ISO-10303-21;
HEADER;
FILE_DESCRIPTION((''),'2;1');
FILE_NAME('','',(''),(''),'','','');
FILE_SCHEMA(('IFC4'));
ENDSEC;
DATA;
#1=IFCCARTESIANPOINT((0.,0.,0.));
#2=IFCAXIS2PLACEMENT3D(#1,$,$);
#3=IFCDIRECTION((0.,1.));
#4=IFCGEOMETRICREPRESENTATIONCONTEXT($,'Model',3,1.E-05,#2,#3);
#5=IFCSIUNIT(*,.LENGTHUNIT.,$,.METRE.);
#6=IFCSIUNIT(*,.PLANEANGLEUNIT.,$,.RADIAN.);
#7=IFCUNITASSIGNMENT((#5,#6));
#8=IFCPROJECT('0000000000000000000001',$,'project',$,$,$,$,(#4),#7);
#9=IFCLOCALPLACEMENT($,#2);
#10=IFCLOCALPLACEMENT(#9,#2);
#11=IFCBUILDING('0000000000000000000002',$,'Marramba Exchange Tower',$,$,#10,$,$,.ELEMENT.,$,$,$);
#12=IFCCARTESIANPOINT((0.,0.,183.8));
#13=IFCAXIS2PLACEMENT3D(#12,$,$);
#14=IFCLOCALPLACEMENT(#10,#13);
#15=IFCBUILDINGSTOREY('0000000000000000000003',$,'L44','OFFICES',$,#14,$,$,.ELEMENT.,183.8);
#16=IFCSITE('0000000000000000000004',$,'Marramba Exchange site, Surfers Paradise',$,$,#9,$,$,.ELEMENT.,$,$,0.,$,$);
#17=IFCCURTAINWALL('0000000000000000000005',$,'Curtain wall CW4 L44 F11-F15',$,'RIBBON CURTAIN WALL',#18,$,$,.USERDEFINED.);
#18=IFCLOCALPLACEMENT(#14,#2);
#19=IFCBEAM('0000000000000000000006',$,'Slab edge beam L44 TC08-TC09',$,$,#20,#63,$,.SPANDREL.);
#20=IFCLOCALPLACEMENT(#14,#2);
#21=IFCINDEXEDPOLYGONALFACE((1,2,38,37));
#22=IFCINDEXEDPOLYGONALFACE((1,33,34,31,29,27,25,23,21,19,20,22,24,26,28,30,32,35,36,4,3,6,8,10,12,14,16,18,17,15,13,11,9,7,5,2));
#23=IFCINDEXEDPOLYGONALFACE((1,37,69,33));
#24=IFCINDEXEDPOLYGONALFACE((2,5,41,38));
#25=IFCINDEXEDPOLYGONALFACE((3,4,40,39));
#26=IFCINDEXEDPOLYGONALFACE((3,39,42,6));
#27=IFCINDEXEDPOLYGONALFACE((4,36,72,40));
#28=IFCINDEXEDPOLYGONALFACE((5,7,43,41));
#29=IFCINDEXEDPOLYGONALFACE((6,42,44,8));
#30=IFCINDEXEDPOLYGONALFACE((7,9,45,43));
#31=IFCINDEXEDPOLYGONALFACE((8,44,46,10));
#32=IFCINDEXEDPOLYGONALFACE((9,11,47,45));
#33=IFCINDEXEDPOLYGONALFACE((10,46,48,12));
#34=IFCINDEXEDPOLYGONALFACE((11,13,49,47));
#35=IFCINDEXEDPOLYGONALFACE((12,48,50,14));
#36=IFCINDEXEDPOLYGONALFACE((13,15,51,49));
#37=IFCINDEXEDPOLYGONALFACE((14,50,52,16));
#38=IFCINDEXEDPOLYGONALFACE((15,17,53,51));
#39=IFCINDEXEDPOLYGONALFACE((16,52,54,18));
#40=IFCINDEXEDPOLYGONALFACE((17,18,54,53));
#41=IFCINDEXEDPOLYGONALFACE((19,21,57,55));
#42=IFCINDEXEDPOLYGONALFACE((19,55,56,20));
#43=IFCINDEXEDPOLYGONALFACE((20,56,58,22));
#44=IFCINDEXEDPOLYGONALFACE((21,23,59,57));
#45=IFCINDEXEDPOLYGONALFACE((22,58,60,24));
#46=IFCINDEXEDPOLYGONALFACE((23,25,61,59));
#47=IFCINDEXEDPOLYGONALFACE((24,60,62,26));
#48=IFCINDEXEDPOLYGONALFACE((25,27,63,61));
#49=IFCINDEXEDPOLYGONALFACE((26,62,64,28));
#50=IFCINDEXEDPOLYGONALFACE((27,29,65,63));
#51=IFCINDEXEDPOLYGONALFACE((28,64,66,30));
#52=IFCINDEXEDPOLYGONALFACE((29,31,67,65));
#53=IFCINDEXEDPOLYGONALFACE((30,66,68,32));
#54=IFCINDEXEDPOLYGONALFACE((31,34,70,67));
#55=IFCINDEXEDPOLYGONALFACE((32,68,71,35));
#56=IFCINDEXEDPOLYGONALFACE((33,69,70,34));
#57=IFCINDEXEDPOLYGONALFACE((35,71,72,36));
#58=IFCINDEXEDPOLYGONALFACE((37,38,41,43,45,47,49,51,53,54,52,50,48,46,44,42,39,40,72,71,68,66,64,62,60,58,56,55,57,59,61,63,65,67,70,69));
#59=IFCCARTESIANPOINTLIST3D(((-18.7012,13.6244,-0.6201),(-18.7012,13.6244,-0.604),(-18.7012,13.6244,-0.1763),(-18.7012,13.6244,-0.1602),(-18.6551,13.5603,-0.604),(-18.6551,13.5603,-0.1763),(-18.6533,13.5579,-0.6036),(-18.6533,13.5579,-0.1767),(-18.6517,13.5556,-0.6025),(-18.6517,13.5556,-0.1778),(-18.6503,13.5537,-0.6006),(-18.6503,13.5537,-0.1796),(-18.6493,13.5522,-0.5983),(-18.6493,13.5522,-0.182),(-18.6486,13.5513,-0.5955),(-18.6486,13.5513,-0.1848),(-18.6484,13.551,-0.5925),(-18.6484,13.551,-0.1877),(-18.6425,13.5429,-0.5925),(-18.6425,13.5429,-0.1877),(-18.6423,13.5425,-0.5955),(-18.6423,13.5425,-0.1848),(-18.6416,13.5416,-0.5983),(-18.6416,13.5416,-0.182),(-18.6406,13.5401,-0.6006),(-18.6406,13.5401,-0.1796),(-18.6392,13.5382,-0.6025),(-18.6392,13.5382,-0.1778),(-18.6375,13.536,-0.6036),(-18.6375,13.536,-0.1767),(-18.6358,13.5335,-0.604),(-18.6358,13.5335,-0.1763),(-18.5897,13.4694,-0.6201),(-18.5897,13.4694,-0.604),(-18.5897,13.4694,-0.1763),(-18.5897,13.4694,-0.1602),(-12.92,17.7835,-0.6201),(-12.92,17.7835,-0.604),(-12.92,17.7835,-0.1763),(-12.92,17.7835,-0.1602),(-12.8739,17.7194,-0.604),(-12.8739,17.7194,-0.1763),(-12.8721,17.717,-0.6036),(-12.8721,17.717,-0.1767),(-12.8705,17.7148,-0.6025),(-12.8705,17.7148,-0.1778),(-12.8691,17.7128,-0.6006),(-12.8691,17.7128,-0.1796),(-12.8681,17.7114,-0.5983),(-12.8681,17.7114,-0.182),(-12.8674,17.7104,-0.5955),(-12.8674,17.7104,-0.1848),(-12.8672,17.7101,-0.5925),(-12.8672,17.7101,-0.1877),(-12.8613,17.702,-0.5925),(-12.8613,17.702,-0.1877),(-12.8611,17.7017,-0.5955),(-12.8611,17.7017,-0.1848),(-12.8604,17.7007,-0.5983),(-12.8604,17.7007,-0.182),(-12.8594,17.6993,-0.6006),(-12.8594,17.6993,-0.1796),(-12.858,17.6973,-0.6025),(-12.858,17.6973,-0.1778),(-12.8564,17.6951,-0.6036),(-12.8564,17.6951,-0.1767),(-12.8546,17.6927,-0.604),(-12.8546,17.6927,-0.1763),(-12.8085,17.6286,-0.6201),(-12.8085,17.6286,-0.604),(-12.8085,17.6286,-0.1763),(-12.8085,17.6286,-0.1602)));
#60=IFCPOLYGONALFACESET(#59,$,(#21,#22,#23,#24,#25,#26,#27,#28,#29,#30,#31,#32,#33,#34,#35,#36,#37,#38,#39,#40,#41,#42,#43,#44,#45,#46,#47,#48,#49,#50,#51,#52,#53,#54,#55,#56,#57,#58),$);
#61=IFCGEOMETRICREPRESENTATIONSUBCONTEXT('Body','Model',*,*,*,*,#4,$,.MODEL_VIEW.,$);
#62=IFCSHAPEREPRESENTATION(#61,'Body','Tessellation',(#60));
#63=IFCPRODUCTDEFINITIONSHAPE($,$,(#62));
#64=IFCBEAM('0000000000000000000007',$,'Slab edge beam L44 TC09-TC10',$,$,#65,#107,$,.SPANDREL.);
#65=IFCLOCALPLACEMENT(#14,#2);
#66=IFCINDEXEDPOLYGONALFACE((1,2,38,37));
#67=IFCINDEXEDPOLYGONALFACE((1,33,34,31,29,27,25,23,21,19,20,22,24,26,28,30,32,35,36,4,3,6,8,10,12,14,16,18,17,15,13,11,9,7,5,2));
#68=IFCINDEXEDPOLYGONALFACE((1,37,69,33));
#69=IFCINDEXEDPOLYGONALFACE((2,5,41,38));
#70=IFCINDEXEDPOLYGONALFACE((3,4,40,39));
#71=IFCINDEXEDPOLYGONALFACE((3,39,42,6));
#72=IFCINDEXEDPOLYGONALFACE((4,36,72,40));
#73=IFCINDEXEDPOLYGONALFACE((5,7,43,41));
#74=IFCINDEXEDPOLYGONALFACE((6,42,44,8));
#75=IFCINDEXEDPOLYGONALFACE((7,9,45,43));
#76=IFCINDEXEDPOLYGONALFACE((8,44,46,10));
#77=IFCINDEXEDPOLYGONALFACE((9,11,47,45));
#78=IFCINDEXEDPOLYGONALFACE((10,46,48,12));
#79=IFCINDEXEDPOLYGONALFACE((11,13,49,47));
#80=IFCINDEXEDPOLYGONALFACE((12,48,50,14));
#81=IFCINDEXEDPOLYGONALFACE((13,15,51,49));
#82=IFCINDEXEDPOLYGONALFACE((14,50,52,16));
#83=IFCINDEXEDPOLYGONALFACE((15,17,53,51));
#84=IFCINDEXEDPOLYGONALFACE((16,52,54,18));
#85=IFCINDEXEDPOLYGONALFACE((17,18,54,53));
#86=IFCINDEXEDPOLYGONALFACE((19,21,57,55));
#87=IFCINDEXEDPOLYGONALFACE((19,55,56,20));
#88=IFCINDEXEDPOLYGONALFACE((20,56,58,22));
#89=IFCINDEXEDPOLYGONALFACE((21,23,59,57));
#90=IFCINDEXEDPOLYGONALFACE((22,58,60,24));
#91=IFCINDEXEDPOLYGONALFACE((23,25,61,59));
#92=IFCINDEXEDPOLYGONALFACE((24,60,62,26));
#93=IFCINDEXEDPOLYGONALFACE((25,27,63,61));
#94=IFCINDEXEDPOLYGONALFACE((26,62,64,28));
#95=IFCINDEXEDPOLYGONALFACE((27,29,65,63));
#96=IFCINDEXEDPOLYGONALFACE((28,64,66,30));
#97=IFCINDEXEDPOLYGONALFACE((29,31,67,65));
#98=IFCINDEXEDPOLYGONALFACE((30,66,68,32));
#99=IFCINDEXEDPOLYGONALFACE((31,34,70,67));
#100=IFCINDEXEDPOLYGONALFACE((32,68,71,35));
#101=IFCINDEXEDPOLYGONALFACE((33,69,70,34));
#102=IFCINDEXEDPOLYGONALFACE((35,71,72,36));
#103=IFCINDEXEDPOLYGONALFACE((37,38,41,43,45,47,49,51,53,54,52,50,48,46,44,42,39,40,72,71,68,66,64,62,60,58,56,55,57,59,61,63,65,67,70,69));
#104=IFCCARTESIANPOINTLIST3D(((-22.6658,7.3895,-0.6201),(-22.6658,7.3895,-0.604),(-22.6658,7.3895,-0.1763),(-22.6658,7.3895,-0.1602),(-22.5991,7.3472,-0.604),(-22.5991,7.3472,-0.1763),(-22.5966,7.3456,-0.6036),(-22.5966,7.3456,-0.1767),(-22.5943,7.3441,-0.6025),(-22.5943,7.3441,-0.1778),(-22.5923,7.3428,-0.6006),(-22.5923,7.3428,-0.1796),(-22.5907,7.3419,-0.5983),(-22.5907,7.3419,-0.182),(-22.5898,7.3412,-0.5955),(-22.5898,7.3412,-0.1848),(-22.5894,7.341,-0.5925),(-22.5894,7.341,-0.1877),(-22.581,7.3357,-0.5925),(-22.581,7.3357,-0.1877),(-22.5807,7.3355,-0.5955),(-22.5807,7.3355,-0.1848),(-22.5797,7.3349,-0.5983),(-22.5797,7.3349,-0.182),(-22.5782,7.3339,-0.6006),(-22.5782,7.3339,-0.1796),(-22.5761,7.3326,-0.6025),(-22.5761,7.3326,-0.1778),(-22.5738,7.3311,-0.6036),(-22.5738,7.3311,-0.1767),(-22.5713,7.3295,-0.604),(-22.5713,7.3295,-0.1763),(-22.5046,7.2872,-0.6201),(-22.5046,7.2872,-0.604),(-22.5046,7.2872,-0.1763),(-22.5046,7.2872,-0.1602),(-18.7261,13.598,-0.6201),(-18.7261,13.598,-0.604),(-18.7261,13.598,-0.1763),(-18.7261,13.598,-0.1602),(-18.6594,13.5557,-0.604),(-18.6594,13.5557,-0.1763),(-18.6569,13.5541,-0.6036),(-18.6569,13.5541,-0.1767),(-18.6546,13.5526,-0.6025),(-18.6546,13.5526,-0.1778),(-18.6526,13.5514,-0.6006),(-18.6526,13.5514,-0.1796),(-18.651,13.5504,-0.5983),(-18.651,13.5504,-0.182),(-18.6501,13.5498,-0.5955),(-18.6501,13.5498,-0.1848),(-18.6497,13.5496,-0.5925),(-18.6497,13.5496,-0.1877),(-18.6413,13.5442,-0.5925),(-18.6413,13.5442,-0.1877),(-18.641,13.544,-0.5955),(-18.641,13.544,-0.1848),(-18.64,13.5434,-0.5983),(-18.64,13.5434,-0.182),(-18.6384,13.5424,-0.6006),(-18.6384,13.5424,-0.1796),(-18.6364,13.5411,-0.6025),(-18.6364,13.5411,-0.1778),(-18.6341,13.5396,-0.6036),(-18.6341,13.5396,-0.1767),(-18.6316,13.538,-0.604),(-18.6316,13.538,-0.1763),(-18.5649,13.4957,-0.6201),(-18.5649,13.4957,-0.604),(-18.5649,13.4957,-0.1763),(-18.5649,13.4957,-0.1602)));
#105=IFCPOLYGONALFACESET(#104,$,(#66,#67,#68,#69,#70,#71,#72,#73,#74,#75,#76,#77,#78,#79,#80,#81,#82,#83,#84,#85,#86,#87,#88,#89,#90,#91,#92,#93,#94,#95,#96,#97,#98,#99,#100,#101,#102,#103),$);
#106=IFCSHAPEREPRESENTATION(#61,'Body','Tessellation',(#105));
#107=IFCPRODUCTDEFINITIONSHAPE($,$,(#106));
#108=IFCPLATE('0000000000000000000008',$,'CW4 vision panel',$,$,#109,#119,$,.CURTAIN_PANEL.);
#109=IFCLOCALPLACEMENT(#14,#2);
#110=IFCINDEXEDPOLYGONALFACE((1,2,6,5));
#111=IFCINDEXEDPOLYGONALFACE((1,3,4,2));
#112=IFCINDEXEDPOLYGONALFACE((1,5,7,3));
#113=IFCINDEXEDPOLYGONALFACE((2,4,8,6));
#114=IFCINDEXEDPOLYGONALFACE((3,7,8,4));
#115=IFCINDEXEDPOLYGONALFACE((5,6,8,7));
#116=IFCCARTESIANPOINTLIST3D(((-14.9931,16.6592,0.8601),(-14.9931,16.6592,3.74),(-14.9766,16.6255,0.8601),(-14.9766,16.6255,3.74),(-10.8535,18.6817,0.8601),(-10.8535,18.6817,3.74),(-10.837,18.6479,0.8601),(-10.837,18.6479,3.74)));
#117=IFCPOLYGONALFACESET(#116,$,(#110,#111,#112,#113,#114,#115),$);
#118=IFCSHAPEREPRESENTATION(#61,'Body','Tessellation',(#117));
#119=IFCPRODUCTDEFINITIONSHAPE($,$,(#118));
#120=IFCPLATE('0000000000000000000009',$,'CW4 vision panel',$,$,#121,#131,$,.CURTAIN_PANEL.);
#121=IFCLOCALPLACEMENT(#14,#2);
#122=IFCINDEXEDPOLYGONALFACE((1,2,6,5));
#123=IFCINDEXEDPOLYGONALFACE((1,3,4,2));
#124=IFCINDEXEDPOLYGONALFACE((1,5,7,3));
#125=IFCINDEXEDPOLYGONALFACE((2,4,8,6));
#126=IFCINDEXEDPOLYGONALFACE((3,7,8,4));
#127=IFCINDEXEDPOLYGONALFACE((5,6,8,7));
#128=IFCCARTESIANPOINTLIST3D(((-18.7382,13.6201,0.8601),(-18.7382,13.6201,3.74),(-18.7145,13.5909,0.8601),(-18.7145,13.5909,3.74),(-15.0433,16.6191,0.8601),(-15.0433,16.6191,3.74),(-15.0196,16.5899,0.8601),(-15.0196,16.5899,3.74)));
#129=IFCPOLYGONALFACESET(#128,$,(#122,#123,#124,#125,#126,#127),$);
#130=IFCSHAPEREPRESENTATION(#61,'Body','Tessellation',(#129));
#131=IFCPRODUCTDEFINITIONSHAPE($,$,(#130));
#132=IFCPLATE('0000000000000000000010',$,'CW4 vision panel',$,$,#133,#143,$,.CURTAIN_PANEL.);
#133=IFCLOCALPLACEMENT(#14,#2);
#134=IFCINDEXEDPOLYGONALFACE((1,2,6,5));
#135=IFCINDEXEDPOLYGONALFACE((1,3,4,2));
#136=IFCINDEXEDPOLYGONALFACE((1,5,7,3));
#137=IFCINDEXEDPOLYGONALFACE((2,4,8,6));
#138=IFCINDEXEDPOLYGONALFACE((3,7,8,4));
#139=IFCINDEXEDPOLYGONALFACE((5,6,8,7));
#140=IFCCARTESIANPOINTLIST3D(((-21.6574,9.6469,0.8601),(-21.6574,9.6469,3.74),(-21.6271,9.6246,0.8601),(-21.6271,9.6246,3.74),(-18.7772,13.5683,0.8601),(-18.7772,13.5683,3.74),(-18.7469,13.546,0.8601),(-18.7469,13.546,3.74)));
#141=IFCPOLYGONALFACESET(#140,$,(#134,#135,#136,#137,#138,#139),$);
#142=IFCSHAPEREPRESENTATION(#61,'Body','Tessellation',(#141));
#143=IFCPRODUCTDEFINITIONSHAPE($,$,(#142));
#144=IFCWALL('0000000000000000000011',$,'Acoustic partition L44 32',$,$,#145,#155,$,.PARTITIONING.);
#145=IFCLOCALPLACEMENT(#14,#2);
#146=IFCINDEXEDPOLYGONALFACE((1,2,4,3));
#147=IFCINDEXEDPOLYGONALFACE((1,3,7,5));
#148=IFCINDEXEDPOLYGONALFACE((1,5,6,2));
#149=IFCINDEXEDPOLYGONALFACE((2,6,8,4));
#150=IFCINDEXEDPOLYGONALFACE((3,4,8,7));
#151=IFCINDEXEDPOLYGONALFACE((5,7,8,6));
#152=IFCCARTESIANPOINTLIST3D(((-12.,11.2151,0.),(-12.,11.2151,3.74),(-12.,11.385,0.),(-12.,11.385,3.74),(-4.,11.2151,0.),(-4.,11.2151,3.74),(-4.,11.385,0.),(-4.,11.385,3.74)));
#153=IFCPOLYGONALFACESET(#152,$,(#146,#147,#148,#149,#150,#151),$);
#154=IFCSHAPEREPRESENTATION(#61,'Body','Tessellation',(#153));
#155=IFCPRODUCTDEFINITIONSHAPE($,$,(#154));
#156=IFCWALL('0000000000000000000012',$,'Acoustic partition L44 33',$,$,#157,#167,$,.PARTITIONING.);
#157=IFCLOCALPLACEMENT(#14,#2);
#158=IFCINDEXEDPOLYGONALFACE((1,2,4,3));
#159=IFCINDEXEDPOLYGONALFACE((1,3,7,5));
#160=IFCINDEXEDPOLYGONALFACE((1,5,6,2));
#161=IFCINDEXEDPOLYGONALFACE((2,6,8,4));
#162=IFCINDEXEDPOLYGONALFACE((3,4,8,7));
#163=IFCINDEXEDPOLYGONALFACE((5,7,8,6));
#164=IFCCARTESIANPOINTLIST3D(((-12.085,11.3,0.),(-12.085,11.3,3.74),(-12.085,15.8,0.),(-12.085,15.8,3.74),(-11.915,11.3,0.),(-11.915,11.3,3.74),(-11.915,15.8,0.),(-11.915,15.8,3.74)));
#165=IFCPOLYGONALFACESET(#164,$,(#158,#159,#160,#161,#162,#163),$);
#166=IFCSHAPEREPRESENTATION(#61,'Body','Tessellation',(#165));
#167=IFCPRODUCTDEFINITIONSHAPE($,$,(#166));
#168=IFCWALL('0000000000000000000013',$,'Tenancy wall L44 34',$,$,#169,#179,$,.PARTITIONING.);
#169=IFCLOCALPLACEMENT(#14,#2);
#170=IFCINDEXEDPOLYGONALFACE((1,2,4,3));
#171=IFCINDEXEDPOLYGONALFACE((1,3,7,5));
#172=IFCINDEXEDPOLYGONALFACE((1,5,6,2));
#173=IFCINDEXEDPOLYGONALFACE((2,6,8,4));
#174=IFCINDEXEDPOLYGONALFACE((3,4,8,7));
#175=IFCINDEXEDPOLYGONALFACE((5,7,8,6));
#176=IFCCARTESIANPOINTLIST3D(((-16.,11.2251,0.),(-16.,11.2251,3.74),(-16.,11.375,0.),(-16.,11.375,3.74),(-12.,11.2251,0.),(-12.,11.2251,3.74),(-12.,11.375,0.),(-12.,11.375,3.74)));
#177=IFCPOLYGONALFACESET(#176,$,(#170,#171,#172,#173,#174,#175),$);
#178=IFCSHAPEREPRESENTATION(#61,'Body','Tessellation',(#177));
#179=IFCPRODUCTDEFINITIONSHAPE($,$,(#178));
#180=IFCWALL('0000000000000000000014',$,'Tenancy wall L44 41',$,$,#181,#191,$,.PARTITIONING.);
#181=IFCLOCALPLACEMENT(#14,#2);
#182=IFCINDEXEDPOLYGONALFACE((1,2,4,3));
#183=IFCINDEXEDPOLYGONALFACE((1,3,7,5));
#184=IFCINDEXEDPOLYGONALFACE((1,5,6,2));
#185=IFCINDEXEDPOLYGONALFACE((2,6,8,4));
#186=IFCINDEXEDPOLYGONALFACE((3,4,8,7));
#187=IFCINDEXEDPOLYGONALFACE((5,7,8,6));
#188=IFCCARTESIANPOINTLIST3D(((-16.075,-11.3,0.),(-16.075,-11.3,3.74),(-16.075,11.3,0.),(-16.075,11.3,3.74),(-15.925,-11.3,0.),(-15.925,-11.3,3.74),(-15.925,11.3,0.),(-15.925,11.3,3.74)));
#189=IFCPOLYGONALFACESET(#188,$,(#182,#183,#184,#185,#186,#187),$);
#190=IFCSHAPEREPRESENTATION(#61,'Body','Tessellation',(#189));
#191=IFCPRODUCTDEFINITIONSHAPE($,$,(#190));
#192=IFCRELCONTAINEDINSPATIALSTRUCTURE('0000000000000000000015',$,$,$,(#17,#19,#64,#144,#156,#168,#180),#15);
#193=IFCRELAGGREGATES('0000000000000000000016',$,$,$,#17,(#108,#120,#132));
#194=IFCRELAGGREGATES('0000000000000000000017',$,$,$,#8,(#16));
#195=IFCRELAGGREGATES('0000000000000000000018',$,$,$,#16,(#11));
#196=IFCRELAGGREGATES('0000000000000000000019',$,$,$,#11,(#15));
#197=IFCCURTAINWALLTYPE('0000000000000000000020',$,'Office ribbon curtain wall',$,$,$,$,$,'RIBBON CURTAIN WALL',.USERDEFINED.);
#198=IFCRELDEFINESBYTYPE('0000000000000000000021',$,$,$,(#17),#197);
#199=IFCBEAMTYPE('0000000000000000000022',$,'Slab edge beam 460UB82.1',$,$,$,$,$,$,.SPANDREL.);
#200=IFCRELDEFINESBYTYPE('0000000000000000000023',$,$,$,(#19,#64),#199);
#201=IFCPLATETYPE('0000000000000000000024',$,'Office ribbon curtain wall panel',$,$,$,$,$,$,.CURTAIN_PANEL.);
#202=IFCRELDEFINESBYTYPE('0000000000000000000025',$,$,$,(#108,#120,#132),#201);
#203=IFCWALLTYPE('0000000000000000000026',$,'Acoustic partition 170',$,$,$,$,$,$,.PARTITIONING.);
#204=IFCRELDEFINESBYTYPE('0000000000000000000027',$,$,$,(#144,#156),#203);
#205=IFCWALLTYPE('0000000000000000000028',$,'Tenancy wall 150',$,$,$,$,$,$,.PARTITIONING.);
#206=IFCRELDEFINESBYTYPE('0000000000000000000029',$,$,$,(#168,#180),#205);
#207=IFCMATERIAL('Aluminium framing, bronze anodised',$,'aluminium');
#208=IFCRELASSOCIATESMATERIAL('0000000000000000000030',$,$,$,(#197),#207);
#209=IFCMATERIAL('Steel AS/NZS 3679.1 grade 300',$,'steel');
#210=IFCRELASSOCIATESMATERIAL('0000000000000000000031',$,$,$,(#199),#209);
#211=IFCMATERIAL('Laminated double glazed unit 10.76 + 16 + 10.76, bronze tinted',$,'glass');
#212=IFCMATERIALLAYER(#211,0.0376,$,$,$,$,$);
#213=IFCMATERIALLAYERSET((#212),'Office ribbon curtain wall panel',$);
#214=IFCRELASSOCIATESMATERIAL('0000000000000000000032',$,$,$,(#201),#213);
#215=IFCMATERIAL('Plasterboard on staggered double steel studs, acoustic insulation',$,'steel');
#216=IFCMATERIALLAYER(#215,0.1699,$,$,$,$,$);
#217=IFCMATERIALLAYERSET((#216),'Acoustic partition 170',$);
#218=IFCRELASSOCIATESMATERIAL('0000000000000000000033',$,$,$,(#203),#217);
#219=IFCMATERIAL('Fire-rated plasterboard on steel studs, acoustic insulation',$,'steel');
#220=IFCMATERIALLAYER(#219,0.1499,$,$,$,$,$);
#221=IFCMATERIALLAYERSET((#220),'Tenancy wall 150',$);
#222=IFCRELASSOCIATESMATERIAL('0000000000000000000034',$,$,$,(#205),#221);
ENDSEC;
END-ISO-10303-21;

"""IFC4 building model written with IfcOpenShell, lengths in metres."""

from ifc_helpers import new_model, si_unit, direction, frame, frame_2d, origin, origin_2d, place, context, subcontext, project, spatial, rectangle, i_section, extrude, material, layer, layer_set, material_profile, profile_set, type_object, element, aggregate, save


model = new_model("IFC4")

# Units and contexts
model_context = context("Model", 3, precision=1e-05, world=origin(), true_north=direction((0.0, 1.0)))
body_context = subcontext(model_context, "Body", "Model", "MODEL_VIEW")
ifc_project = project(units=[si_unit("LENGTHUNIT", "METRE"), si_unit("PLANEANGLEUNIT", "RADIAN")], contexts=[model_context])

# Site, building, storey
site_placement = place(None, origin())
site = spatial("IfcSite", under=ifc_project, at=site_placement, Name="Marramba Exchange site, Surfers Paradise", CompositionType="ELEMENT", RefElevation=0.0)
building_placement = place(site_placement, origin())
building = spatial("IfcBuilding", under=site, at=building_placement, Name="Marramba Exchange Tower", CompositionType="ELEMENT")
storey_placement = place(building_placement, frame((0.0, 0.0, 183.8)))
storey = spatial("IfcBuildingStorey", under=building, at=storey_placement, Name="L44", Description="OFFICES", CompositionType="ELEMENT", Elevation=183.8)

# Shared definitions
ifc_material_1 = material(Name="Steel AS/NZS 3679.1 grade 300", Category="steel")

# Curtain wall
ifc_material_2 = material(Name="Aluminium framing, bronze anodised", Category="aluminium")
curtain_wall_type = type_object("IfcCurtainWallType", Name="Office ribbon curtain wall", ElementType="RIBBON CURTAIN WALL", PredefinedType="USERDEFINED", material=ifc_material_2)
curtain_wall_placement = place(storey_placement, origin())
curtain_wall = element("IfcCurtainWall", 1, at=curtain_wall_placement, inside=storey, type_object=curtain_wall_type, Name="Curtain wall CW4 L44 F11-F15", ObjectType="RIBBON CURTAIN WALL", PredefinedType="USERDEFINED")

# Beams
ifc_material_profile_1 = material_profile(ifc_material_1, i_section(OverallWidth=0.1909, OverallDepth=0.46, WebThickness=0.01, FlangeThickness=0.0161, FilletRadius=0.0115, at=origin_2d()), Name="460UB82.1")
ifc_profile_set_1 = profile_set([ifc_material_profile_1], Name="Steel AS/NZS 3679.1 grade 300")
beam_type_1 = type_object("IfcBeamType", Name="Slab edge beam 460UB82.1", PredefinedType="SPANDREL", material=ifc_profile_set_1)
beam_1_placement = place(storey_placement, frame((-12.8643, 17.7061, -0.3901), z_axis=(-0.811755, -0.583998, 0.0), x_axis=(0.583998, -0.811755, 0.0)))
element("IfcBeam", 2, at=beam_1_placement, inside=storey, type_object=beam_type_1, Name="Slab edge beam L44 TC08-TC09", PredefinedType="SPANDREL", context=body_context, shape_type="SweptSolid", body=[
    extrude(i_section(OverallWidth=0.1909, OverallDepth=0.46, WebThickness=0.01, FlangeThickness=0.0161, FilletRadius=0.0115, at=origin_2d()), origin(), (0.0, 0.0, 1.0), 7.1218),
])
beam_2_placement = place(storey_placement, frame((-18.6455, 13.5469, -0.3901), z_axis=(-0.535794, -0.844348, 0.0), x_axis=(0.844348, -0.535794, 0.0)))
element("IfcBeam", 3, at=beam_2_placement, inside=storey, type_object=beam_type_1, Name="Slab edge beam L44 TC09-TC10", PredefinedType="SPANDREL", context=body_context, shape_type="SweptSolid", body=[
    extrude(i_section(OverallWidth=0.1909, OverallDepth=0.46, WebThickness=0.01, FlangeThickness=0.0161, FilletRadius=0.0115, at=origin_2d()), origin(), (0.0, 0.0, 1.0), 7.353),
])

# Plates
ifc_material_3 = material(Name="Laminated double glazed unit 10.76 + 16 + 10.76, bronze tinted", Category="glass")
ifc_layer_1 = layer(ifc_material_3, 0.0376)
ifc_layer_set_1 = layer_set([ifc_layer_1], Name="Office ribbon curtain wall panel")
plate_type = type_object("IfcPlateType", Name="Office ribbon curtain wall panel", PredefinedType="CURTAIN_PANEL", material=ifc_layer_set_1)
plate_1_placement = place(storey_placement, frame((-12.915, 17.6536, 0.8601), z_axis=(0.0, 0.0, 1.0), x_axis=(-0.898501, -0.438972, 0.0)))
plate_1 = element("IfcPlate", 4, at=plate_1_placement, type_object=plate_type, Name="CW4 vision panel", PredefinedType="CURTAIN_PANEL", context=body_context, shape_type="SweptSolid", body=[
    extrude(rectangle(XDim=4.6072, YDim=0.0376, at=origin_2d()), origin(), (0.0, 0.0, 1.0), 2.8799),
])
plate_2_placement = place(storey_placement, frame((-16.8789, 15.105, 0.8601), z_axis=(0.0, 0.0, 1.0), x_axis=(-0.776432, -0.630201, 0.0)))
plate_2 = element("IfcPlate", 5, at=plate_2_placement, type_object=plate_type, Name="CW4 vision panel", PredefinedType="CURTAIN_PANEL", context=body_context, shape_type="SweptSolid", body=[
    extrude(rectangle(XDim=4.7588, YDim=0.0376, at=origin_2d()), origin(), (0.0, 0.0, 1.0), 2.8799),
])
plate_3_placement = place(storey_placement, frame((-20.2021, 11.5964, 0.8601), z_axis=(0.0, 0.0, 1.0), x_axis=(-0.591963, -0.805965, 0.0)))
plate_3 = element("IfcPlate", 6, at=plate_3_placement, type_object=plate_type, Name="CW4 vision panel", PredefinedType="CURTAIN_PANEL", context=body_context, shape_type="SweptSolid", body=[
    extrude(rectangle(XDim=4.8655, YDim=0.0376, at=origin_2d()), origin(), (0.0, 0.0, 1.0), 2.8799),
])
aggregate(curtain_wall, [plate_1, plate_2, plate_3])

# Walls
ifc_material_4 = material(Name="Plasterboard on staggered double steel studs, acoustic insulation", Category="steel")
ifc_layer_2 = layer(ifc_material_4, 0.1699)
ifc_layer_set_2 = layer_set([ifc_layer_2], Name="Acoustic partition 170")
wall_type_1 = type_object("IfcWallType", Name="Acoustic partition 170", PredefinedType="PARTITIONING", material=ifc_layer_set_2)
wall_1_placement = place(storey_placement, frame((-12.0, 11.3, 0.0), z_axis=(0.0, 0.0, 1.0), x_axis=(1.0, 0.0, 0.0)))
element("IfcWall", 7, at=wall_1_placement, inside=storey, type_object=wall_type_1, Name="Acoustic partition L44 32", PredefinedType="PARTITIONING", context=body_context, shape_type="SweptSolid", body=[
    extrude(rectangle(XDim=8.0, YDim=0.1699, at=frame_2d((4.0, 0.0))), origin(), (0.0, 0.0, 1.0), 3.74),
])
wall_2_placement = place(storey_placement, frame((-12.0, 15.8, 0.0), z_axis=(0.0, 0.0, 1.0), x_axis=(0.0, -1.0, 0.0)))
element("IfcWall", 8, at=wall_2_placement, inside=storey, type_object=wall_type_1, Name="Acoustic partition L44 33", PredefinedType="PARTITIONING", context=body_context, shape_type="SweptSolid", body=[
    extrude(rectangle(XDim=4.5, YDim=0.1699, at=frame_2d((2.25, 0.0))), origin(), (0.0, 0.0, 1.0), 3.74),
])
ifc_material_5 = material(Name="Fire-rated plasterboard on steel studs, acoustic insulation", Category="steel")
ifc_layer_3 = layer(ifc_material_5, 0.1499)
ifc_layer_set_3 = layer_set([ifc_layer_3], Name="Tenancy wall 150")
wall_type_2 = type_object("IfcWallType", Name="Tenancy wall 150", PredefinedType="PARTITIONING", material=ifc_layer_set_3)
wall_3_placement = place(storey_placement, frame((-12.0, 11.3, 0.0), z_axis=(0.0, 0.0, 1.0), x_axis=(-1.0, 0.0, 0.0)))
element("IfcWall", 9, at=wall_3_placement, inside=storey, type_object=wall_type_2, Name="Tenancy wall L44 34", PredefinedType="PARTITIONING", context=body_context, shape_type="SweptSolid", body=[
    extrude(rectangle(XDim=4.0, YDim=0.1499, at=frame_2d((2.0, 0.0))), origin(), (0.0, 0.0, 1.0), 3.74),
])
wall_4_placement = place(storey_placement, frame((-16.0, 11.3, 0.0), z_axis=(0.0, 0.0, 1.0), x_axis=(0.0, -1.0, 0.0)))
element("IfcWall", 10, at=wall_4_placement, inside=storey, type_object=wall_type_2, Name="Tenancy wall L44 41", PredefinedType="PARTITIONING", context=body_context, shape_type="SweptSolid", body=[
    extrude(rectangle(XDim=22.6001, YDim=0.1499, at=frame_2d((11.3, 0.0))), origin(), (0.0, 0.0, 1.0), 3.74),
])

save(model, "model.ifc")
